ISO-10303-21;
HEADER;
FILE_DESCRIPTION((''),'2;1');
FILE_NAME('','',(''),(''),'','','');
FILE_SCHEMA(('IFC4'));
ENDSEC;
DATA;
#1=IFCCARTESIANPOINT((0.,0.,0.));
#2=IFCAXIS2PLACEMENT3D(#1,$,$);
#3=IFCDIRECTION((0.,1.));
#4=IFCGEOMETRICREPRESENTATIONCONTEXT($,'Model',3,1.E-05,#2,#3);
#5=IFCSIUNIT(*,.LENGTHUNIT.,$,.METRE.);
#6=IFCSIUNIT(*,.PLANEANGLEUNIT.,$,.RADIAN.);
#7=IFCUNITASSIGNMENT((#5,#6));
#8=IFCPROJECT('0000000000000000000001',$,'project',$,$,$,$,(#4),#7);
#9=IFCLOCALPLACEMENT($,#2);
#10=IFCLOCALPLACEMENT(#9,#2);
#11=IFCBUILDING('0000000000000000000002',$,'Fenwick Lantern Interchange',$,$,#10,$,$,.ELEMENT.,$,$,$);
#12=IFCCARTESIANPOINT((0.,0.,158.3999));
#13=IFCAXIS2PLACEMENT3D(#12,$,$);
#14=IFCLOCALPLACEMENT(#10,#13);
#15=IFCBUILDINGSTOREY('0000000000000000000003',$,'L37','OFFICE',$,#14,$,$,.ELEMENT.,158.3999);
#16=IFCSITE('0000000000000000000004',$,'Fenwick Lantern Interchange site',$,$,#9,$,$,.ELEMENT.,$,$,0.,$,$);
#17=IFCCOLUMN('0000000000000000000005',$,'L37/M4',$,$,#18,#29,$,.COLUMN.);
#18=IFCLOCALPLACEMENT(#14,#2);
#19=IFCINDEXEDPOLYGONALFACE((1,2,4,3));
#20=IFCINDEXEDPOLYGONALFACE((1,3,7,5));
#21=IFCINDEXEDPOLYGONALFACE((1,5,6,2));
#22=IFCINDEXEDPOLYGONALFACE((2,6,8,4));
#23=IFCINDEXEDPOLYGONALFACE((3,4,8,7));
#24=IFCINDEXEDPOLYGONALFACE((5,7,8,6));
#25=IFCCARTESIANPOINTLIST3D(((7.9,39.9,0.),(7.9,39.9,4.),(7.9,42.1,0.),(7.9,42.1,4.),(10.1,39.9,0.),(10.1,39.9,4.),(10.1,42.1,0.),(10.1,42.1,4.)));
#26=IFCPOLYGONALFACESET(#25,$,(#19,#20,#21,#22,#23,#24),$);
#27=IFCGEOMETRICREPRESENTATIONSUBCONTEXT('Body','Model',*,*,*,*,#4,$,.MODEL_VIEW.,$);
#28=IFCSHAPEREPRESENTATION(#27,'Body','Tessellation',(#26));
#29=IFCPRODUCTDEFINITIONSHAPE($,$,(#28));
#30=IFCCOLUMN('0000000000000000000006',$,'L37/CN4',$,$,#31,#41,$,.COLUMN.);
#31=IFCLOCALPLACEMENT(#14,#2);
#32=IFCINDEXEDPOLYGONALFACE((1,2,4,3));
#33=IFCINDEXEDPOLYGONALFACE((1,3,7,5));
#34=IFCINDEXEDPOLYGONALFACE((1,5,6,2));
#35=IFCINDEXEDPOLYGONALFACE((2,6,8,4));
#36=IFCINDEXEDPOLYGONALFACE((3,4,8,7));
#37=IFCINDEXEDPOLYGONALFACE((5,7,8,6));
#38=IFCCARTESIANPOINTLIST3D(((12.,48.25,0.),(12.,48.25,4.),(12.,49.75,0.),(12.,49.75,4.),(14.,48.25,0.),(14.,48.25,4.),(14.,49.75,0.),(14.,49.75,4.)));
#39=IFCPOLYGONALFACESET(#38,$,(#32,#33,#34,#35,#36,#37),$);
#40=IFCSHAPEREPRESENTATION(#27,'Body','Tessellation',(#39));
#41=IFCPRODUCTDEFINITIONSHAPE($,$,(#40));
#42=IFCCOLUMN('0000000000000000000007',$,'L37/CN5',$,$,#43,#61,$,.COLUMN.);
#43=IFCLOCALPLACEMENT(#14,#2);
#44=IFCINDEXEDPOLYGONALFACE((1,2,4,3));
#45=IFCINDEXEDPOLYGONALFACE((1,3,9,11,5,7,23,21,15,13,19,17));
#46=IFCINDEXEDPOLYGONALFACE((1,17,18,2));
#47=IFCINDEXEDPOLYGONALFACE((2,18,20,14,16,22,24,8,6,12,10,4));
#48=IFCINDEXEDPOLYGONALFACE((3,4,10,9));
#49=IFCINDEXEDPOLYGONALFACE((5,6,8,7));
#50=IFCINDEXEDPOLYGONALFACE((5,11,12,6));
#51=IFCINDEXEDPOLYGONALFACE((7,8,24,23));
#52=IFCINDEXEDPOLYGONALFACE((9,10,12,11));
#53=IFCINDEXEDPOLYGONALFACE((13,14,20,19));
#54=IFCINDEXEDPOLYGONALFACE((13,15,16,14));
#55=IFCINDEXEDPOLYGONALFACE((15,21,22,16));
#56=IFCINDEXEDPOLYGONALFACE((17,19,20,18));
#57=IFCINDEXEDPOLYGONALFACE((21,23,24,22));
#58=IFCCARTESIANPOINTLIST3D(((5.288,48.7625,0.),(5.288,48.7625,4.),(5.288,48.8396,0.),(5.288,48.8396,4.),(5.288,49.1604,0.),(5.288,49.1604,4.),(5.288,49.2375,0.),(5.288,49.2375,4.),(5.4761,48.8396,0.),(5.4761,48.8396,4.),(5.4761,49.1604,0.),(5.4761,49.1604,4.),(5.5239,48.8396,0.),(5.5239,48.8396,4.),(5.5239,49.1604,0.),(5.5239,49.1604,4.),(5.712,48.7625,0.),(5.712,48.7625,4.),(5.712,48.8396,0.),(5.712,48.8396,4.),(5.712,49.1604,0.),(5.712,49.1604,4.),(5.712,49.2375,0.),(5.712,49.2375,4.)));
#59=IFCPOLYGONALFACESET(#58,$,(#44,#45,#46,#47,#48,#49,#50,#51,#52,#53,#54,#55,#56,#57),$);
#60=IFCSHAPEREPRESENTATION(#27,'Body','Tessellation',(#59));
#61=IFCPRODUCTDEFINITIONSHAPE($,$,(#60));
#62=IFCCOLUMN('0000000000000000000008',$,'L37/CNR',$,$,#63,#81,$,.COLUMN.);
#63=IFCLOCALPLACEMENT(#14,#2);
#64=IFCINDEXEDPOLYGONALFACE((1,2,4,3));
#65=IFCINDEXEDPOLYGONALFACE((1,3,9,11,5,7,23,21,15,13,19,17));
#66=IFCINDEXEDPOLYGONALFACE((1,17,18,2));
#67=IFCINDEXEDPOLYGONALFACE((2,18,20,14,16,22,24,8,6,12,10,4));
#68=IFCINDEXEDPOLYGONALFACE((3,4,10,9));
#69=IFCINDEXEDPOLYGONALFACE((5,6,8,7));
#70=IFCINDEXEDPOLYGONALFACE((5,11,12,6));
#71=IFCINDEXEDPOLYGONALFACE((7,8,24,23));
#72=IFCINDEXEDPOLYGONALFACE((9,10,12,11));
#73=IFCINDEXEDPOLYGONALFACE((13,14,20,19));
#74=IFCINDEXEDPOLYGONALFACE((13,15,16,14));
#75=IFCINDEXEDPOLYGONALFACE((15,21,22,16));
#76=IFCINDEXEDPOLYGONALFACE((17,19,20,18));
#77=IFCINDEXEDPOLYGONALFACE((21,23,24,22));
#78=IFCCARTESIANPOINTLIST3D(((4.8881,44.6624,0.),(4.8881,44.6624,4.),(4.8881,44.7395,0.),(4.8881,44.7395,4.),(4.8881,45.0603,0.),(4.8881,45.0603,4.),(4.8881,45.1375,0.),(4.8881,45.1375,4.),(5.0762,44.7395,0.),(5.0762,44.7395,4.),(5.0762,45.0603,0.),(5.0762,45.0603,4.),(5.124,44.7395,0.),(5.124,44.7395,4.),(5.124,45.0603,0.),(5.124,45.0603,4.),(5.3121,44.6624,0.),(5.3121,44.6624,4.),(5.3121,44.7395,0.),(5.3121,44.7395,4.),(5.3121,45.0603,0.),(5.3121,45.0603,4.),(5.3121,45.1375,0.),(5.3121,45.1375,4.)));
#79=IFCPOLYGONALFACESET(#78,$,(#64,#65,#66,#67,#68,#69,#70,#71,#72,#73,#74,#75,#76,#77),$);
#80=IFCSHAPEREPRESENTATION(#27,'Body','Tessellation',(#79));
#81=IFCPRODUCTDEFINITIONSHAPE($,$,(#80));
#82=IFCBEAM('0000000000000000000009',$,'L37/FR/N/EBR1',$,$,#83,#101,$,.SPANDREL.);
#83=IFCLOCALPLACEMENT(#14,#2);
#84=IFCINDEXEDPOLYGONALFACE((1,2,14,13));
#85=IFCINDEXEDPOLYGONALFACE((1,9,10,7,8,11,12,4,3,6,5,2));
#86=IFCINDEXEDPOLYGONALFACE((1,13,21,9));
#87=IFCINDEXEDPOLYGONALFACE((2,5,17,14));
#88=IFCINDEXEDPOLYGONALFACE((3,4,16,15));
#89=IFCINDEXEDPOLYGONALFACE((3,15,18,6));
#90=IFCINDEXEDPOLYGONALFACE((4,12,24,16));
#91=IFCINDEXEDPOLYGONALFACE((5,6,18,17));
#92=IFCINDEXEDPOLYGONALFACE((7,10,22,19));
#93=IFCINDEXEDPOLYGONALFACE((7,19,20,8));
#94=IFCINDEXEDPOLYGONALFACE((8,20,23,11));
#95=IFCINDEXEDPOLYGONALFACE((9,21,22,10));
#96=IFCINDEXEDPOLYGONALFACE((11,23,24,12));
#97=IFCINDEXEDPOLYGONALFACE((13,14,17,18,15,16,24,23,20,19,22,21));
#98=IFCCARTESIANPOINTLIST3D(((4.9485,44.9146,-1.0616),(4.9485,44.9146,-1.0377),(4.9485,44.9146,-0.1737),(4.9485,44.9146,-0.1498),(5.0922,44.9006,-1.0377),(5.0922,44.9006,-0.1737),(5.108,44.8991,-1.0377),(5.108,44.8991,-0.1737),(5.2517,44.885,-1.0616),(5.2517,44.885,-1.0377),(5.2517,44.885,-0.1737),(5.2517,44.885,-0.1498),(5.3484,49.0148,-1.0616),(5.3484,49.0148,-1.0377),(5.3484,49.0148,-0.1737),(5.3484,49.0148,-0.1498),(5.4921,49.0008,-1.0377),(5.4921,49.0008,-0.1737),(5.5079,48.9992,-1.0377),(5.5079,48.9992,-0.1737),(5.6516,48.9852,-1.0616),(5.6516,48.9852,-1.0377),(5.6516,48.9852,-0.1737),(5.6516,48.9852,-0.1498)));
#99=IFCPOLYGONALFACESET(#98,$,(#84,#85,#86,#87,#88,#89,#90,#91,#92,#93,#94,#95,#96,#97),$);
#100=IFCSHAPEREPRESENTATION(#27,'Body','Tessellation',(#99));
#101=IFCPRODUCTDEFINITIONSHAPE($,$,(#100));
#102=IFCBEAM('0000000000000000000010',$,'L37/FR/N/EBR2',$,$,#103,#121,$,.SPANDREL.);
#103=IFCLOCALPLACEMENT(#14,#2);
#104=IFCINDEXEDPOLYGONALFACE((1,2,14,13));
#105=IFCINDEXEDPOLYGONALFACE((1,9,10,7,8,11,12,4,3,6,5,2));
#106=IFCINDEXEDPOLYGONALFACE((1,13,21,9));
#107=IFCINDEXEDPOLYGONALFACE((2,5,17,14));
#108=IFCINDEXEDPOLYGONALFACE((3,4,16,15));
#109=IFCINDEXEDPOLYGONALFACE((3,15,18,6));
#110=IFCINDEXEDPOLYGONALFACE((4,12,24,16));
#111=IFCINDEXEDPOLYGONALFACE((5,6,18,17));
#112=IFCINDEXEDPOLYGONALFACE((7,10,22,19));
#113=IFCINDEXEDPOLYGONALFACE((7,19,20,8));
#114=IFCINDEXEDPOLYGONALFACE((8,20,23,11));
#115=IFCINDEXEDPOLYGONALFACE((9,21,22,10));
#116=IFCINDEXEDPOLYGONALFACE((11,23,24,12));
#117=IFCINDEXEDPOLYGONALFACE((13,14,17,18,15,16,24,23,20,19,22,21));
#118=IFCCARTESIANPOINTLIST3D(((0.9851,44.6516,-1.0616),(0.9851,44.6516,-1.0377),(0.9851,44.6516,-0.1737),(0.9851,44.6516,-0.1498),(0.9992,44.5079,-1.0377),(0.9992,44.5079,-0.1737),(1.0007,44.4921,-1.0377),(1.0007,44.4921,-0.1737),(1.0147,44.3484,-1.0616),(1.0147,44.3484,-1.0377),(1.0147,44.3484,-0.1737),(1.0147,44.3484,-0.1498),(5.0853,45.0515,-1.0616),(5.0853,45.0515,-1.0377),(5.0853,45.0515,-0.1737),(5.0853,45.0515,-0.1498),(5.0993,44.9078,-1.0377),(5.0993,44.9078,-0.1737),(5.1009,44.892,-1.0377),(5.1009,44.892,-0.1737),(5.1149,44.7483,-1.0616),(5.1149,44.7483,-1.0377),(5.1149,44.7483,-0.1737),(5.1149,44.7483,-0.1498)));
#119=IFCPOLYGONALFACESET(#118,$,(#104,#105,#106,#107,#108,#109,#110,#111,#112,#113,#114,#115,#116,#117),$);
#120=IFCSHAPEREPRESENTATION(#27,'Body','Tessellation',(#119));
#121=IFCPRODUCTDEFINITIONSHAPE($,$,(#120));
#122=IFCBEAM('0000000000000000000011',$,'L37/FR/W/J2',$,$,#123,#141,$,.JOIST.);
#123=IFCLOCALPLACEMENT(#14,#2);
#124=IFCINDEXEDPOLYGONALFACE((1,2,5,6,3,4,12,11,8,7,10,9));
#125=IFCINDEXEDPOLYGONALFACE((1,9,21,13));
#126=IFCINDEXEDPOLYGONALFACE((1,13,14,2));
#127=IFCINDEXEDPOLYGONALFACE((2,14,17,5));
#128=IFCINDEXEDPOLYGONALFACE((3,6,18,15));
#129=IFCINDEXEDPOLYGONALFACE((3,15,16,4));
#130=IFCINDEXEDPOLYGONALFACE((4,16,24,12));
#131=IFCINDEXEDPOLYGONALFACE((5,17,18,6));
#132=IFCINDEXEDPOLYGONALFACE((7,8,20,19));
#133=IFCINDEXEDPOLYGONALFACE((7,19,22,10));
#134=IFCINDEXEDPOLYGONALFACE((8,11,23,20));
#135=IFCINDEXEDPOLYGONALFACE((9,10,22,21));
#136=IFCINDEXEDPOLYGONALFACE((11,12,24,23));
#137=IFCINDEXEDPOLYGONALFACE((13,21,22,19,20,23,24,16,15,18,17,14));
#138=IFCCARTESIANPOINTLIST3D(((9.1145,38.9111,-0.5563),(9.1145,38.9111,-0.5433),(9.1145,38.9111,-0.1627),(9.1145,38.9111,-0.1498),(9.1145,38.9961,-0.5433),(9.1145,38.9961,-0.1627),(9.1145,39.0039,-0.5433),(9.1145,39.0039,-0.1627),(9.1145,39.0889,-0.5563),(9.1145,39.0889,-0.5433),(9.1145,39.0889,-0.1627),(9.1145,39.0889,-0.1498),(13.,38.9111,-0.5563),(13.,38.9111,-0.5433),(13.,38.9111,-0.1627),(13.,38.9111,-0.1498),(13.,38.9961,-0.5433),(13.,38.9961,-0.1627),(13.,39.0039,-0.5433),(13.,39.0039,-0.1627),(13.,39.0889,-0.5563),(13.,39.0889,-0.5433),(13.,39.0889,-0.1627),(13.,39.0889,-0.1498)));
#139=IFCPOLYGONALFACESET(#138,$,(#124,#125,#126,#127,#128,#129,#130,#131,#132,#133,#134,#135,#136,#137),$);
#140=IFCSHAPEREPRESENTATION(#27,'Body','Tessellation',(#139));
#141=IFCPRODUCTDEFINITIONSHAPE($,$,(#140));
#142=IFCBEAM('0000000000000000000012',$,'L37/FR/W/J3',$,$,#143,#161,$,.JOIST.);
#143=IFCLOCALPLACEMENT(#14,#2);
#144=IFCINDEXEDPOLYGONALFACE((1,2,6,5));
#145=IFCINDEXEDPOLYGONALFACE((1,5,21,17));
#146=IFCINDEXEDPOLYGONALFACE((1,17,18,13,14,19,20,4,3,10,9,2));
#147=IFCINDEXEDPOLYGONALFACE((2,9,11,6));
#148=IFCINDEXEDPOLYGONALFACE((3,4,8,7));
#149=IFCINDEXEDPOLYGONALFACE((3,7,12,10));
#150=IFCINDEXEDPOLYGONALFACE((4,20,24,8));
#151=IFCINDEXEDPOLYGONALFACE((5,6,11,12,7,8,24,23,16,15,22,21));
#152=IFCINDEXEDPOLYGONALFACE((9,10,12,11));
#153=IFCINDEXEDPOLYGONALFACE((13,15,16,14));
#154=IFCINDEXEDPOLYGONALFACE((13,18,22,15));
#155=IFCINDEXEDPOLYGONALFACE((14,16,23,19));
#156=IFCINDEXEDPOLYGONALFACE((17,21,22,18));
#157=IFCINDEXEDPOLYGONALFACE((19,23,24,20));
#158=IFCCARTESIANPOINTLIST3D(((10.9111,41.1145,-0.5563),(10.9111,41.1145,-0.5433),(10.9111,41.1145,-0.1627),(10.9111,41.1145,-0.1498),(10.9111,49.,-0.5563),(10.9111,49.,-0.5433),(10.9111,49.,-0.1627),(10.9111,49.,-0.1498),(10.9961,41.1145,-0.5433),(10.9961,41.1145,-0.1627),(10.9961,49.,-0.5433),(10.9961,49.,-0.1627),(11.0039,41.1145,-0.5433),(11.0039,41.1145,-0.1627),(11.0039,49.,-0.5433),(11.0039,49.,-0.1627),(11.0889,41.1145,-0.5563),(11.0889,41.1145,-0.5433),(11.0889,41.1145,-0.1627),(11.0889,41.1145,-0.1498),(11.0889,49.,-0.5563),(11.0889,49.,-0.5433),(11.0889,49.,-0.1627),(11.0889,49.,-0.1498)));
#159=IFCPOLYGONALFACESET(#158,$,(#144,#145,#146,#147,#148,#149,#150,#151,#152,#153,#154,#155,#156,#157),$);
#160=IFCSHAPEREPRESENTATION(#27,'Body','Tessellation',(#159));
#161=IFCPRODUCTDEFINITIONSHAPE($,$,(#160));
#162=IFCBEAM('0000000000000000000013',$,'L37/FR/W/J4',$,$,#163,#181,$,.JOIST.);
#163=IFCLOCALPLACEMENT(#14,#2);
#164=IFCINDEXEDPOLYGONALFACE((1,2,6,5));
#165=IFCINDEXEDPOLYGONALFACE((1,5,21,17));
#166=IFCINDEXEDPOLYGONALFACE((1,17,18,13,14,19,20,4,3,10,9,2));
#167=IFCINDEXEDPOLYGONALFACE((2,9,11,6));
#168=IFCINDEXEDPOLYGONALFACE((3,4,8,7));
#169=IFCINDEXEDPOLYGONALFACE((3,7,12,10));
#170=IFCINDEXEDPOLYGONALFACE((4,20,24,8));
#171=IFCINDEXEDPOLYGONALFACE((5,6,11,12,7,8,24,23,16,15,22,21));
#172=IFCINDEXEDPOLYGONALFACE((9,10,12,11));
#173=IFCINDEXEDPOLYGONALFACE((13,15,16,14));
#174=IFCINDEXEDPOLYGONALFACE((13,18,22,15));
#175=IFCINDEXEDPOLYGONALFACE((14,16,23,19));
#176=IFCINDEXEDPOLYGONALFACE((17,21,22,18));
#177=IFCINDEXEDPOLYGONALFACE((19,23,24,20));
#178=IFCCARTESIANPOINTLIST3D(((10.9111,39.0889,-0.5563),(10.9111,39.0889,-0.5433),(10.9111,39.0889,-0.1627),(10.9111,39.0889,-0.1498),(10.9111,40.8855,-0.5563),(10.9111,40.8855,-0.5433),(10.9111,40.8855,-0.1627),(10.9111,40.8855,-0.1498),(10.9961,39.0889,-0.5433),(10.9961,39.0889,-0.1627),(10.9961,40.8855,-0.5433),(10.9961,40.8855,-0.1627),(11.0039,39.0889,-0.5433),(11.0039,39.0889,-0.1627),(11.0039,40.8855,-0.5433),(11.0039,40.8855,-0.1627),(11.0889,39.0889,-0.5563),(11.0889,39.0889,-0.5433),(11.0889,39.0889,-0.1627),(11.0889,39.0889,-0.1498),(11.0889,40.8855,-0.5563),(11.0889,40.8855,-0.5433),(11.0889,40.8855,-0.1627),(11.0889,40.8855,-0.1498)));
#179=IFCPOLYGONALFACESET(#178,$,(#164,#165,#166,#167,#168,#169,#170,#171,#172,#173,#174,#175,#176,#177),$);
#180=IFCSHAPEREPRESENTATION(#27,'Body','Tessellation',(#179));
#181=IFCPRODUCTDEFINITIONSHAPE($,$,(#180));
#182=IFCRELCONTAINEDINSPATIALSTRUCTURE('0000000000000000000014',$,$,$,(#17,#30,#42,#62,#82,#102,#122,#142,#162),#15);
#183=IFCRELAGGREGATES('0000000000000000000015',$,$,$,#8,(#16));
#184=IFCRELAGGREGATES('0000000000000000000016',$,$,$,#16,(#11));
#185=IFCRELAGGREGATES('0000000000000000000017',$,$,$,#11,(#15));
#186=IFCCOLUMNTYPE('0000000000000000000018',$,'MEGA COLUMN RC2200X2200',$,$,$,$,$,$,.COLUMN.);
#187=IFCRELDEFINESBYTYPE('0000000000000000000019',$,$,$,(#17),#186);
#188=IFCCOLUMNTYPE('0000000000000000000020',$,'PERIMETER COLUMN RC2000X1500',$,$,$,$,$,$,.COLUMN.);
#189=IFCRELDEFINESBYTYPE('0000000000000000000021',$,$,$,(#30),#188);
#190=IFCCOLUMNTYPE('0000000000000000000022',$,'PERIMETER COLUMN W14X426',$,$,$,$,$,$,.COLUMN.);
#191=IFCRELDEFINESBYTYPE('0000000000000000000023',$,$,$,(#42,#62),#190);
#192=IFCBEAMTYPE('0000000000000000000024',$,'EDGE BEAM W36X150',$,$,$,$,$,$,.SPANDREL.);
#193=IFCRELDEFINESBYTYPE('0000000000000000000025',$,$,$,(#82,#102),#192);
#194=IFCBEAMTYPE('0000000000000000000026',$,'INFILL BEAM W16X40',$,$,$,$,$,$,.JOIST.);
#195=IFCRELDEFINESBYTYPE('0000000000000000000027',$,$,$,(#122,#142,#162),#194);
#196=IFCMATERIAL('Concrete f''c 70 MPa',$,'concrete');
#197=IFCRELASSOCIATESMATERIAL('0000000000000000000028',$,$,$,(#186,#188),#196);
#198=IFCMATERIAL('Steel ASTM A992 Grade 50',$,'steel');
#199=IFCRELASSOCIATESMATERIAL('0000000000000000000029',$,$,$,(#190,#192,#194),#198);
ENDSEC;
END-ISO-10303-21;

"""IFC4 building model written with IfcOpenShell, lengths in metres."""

from ifc_helpers import new_model, si_unit, direction, frame, origin, origin_2d, place, context, subcontext, project, spatial, rectangle, i_section, extrude, material, material_profile, profile_set, type_object, element, save


model = new_model("IFC4")

# Units and contexts
model_context = context("Model", 3, precision=1e-05, world=origin(), true_north=direction((0.0, 1.0)))
body_context = subcontext(model_context, "Body", "Model", "MODEL_VIEW")
ifc_project = project(units=[si_unit("LENGTHUNIT", "METRE"), si_unit("PLANEANGLEUNIT", "RADIAN")], contexts=[model_context])

# Site, building, storey
site_placement = place(None, origin())
site = spatial("IfcSite", under=ifc_project, at=site_placement, Name="Fenwick Lantern Interchange site", CompositionType="ELEMENT", RefElevation=0.0)
building_placement = place(site_placement, origin())
building = spatial("IfcBuilding", under=site, at=building_placement, Name="Fenwick Lantern Interchange", CompositionType="ELEMENT")
storey_placement = place(building_placement, frame((0.0, 0.0, 158.3999)))
storey = spatial("IfcBuildingStorey", under=building, at=storey_placement, Name="L37", Description="OFFICE", CompositionType="ELEMENT", Elevation=158.3999)

# Columns
ifc_material_1 = material(Name="Concrete f'c 70 MPa", Category="concrete")
ifc_material_profile_1 = material_profile(ifc_material_1, rectangle(XDim=2.2, YDim=2.2, at=origin_2d()), Name="RC2200X2200")
ifc_profile_set_1 = profile_set([ifc_material_profile_1], Name="Concrete f'c 70 MPa")
column_type_1 = type_object("IfcColumnType", Name="MEGA COLUMN RC2200X2200", PredefinedType="COLUMN", material=ifc_profile_set_1)
column_1_placement = place(storey_placement, frame((9.0, 41.0, 0.0), z_axis=(0.0, 0.0, 1.0), x_axis=(1.0, 0.0, 0.0)))
element("IfcColumn", 1, at=column_1_placement, inside=storey, type_object=column_type_1, Name="L37/M4", PredefinedType="COLUMN", context=body_context, shape_type="SweptSolid", body=[
    extrude(rectangle(XDim=2.2, YDim=2.2, at=origin_2d()), origin(), (0.0, 0.0, 1.0), 4.0),
])
ifc_material_profile_2 = material_profile(ifc_material_1, rectangle(XDim=2.0, YDim=1.5, at=origin_2d()), Name="RC2000X1500")
ifc_profile_set_2 = profile_set([ifc_material_profile_2], Name="Concrete f'c 70 MPa")
column_type_2 = type_object("IfcColumnType", Name="PERIMETER COLUMN RC2000X1500", PredefinedType="COLUMN", material=ifc_profile_set_2)
column_2_placement = place(storey_placement, frame((13.0, 49.0, 0.0), z_axis=(0.0, 0.0, 1.0), x_axis=(1.0, 0.0, 0.0)))
element("IfcColumn", 2, at=column_2_placement, inside=storey, type_object=column_type_2, Name="L37/CN4", PredefinedType="COLUMN", context=body_context, shape_type="SweptSolid", body=[
    extrude(rectangle(XDim=2.0, YDim=1.5, at=origin_2d()), origin(), (0.0, 0.0, 1.0), 4.0),
])
ifc_material_2 = material(Name="Steel ASTM A992 Grade 50", Category="steel")
ifc_material_profile_3 = material_profile(ifc_material_2, i_section(OverallWidth=0.4241, OverallDepth=0.4751, WebThickness=0.0479, FlangeThickness=0.0771, at=origin_2d()), Name="W14X426")
ifc_profile_set_3 = profile_set([ifc_material_profile_3], Name="Steel ASTM A992 Grade 50")
column_type_3 = type_object("IfcColumnType", Name="PERIMETER COLUMN W14X426", PredefinedType="COLUMN", material=ifc_profile_set_3)
for number, where, z_axis, x_axis, name in (
    (3, (5.5, 49.0, 0.0), (0.0, 0.0, 1.0), (1.0, 0.0, 0.0), "L37/CN5"),
    (4, (5.1001, 44.8999, 0.0), (0.0, 0.0, 1.0), (1.0, 0.0, 0.0), "L37/CNR"),
):
    element("IfcColumn", number, at=place(storey_placement, frame(where, z_axis=z_axis, x_axis=x_axis)), inside=storey, type_object=column_type_3, Name=name, PredefinedType="COLUMN", context=body_context, shape_type="SweptSolid", body=[
        extrude(i_section(OverallWidth=0.4241, OverallDepth=0.4751, WebThickness=0.0479, FlangeThickness=0.0771, at=origin_2d()), origin(), (0.0, 0.0, 1.0), 4.0),
    ])

# Beams
ifc_material_profile_4 = material_profile(ifc_material_2, i_section(OverallWidth=0.3047, OverallDepth=0.9119, WebThickness=0.0159, FlangeThickness=0.0239, at=origin_2d()), Name="W36X150")
ifc_profile_set_4 = profile_set([ifc_material_profile_4], Name="Steel ASTM A992 Grade 50")
beam_type_1 = type_object("IfcBeamType", Name="EDGE BEAM W36X150", PredefinedType="SPANDREL", material=ifc_profile_set_4)
for number, where, z_axis, x_axis, name in (
    (5, (5.5, 49.0, -0.6057), (-0.097074, -0.995277, 0.0), (0.995277, -0.097074, 0.0), "L37/FR/N/EBR1"),
    (6, (5.1001, 44.8999, -0.6057), (-0.995277, -0.097074, 0.0), (0.097074, -0.995277, 0.0), "L37/FR/N/EBR2"),
):
    element("IfcBeam", number, at=place(storey_placement, frame(where, z_axis=z_axis, x_axis=x_axis)), inside=storey, type_object=beam_type_1, Name=name, PredefinedType="SPANDREL", context=body_context, shape_type="SweptSolid", body=[
        extrude(i_section(OverallWidth=0.3047, OverallDepth=0.9119, WebThickness=0.0159, FlangeThickness=0.0239, at=origin_2d()), origin(), (0.0, 0.0, 1.0), 4.1196),
    ])
ifc_material_profile_5 = material_profile(ifc_material_2, i_section(OverallWidth=0.1777, OverallDepth=0.4065, WebThickness=0.0078, FlangeThickness=0.0129, at=origin_2d()), Name="W16X40")
ifc_profile_set_5 = profile_set([ifc_material_profile_5], Name="Steel ASTM A992 Grade 50")
beam_type_2 = type_object("IfcBeamType", Name="INFILL BEAM W16X40", PredefinedType="JOIST", material=ifc_profile_set_5)
beam_1_placement = place(storey_placement, frame((9.1145, 39.0, -0.353), z_axis=(1.0, 0.0, 0.0), x_axis=(0.0, 1.0, 0.0)))
element("IfcBeam", 7, at=beam_1_placement, inside=storey, type_object=beam_type_2, Name="L37/FR/W/J2", PredefinedType="JOIST", context=body_context, shape_type="SweptSolid", body=[
    extrude(i_section(OverallWidth=0.1777, OverallDepth=0.4065, WebThickness=0.0078, FlangeThickness=0.0129, at=origin_2d()), origin(), (0.0, 0.0, 1.0), 3.8855),
])
beam_2_placement = place(storey_placement, frame((11.0, 49.0, -0.353), z_axis=(0.0, -1.0, 0.0), x_axis=(1.0, 0.0, 0.0)))
element("IfcBeam", 8, at=beam_2_placement, inside=storey, type_object=beam_type_2, Name="L37/FR/W/J3", PredefinedType="JOIST", context=body_context, shape_type="SweptSolid", body=[
    extrude(i_section(OverallWidth=0.1777, OverallDepth=0.4065, WebThickness=0.0078, FlangeThickness=0.0129, at=origin_2d()), origin(), (0.0, 0.0, 1.0), 7.8855),
])
beam_3_placement = place(storey_placement, frame((11.0, 40.8855, -0.353), z_axis=(0.0, -1.0, 0.0), x_axis=(1.0, 0.0, 0.0)))
element("IfcBeam", 9, at=beam_3_placement, inside=storey, type_object=beam_type_2, Name="L37/FR/W/J4", PredefinedType="JOIST", context=body_context, shape_type="SweptSolid", body=[
    extrude(i_section(OverallWidth=0.1777, OverallDepth=0.4065, WebThickness=0.0078, FlangeThickness=0.0129, at=origin_2d()), origin(), (0.0, 0.0, 1.0), 1.7966),
])

save(model, "model.ifc")
